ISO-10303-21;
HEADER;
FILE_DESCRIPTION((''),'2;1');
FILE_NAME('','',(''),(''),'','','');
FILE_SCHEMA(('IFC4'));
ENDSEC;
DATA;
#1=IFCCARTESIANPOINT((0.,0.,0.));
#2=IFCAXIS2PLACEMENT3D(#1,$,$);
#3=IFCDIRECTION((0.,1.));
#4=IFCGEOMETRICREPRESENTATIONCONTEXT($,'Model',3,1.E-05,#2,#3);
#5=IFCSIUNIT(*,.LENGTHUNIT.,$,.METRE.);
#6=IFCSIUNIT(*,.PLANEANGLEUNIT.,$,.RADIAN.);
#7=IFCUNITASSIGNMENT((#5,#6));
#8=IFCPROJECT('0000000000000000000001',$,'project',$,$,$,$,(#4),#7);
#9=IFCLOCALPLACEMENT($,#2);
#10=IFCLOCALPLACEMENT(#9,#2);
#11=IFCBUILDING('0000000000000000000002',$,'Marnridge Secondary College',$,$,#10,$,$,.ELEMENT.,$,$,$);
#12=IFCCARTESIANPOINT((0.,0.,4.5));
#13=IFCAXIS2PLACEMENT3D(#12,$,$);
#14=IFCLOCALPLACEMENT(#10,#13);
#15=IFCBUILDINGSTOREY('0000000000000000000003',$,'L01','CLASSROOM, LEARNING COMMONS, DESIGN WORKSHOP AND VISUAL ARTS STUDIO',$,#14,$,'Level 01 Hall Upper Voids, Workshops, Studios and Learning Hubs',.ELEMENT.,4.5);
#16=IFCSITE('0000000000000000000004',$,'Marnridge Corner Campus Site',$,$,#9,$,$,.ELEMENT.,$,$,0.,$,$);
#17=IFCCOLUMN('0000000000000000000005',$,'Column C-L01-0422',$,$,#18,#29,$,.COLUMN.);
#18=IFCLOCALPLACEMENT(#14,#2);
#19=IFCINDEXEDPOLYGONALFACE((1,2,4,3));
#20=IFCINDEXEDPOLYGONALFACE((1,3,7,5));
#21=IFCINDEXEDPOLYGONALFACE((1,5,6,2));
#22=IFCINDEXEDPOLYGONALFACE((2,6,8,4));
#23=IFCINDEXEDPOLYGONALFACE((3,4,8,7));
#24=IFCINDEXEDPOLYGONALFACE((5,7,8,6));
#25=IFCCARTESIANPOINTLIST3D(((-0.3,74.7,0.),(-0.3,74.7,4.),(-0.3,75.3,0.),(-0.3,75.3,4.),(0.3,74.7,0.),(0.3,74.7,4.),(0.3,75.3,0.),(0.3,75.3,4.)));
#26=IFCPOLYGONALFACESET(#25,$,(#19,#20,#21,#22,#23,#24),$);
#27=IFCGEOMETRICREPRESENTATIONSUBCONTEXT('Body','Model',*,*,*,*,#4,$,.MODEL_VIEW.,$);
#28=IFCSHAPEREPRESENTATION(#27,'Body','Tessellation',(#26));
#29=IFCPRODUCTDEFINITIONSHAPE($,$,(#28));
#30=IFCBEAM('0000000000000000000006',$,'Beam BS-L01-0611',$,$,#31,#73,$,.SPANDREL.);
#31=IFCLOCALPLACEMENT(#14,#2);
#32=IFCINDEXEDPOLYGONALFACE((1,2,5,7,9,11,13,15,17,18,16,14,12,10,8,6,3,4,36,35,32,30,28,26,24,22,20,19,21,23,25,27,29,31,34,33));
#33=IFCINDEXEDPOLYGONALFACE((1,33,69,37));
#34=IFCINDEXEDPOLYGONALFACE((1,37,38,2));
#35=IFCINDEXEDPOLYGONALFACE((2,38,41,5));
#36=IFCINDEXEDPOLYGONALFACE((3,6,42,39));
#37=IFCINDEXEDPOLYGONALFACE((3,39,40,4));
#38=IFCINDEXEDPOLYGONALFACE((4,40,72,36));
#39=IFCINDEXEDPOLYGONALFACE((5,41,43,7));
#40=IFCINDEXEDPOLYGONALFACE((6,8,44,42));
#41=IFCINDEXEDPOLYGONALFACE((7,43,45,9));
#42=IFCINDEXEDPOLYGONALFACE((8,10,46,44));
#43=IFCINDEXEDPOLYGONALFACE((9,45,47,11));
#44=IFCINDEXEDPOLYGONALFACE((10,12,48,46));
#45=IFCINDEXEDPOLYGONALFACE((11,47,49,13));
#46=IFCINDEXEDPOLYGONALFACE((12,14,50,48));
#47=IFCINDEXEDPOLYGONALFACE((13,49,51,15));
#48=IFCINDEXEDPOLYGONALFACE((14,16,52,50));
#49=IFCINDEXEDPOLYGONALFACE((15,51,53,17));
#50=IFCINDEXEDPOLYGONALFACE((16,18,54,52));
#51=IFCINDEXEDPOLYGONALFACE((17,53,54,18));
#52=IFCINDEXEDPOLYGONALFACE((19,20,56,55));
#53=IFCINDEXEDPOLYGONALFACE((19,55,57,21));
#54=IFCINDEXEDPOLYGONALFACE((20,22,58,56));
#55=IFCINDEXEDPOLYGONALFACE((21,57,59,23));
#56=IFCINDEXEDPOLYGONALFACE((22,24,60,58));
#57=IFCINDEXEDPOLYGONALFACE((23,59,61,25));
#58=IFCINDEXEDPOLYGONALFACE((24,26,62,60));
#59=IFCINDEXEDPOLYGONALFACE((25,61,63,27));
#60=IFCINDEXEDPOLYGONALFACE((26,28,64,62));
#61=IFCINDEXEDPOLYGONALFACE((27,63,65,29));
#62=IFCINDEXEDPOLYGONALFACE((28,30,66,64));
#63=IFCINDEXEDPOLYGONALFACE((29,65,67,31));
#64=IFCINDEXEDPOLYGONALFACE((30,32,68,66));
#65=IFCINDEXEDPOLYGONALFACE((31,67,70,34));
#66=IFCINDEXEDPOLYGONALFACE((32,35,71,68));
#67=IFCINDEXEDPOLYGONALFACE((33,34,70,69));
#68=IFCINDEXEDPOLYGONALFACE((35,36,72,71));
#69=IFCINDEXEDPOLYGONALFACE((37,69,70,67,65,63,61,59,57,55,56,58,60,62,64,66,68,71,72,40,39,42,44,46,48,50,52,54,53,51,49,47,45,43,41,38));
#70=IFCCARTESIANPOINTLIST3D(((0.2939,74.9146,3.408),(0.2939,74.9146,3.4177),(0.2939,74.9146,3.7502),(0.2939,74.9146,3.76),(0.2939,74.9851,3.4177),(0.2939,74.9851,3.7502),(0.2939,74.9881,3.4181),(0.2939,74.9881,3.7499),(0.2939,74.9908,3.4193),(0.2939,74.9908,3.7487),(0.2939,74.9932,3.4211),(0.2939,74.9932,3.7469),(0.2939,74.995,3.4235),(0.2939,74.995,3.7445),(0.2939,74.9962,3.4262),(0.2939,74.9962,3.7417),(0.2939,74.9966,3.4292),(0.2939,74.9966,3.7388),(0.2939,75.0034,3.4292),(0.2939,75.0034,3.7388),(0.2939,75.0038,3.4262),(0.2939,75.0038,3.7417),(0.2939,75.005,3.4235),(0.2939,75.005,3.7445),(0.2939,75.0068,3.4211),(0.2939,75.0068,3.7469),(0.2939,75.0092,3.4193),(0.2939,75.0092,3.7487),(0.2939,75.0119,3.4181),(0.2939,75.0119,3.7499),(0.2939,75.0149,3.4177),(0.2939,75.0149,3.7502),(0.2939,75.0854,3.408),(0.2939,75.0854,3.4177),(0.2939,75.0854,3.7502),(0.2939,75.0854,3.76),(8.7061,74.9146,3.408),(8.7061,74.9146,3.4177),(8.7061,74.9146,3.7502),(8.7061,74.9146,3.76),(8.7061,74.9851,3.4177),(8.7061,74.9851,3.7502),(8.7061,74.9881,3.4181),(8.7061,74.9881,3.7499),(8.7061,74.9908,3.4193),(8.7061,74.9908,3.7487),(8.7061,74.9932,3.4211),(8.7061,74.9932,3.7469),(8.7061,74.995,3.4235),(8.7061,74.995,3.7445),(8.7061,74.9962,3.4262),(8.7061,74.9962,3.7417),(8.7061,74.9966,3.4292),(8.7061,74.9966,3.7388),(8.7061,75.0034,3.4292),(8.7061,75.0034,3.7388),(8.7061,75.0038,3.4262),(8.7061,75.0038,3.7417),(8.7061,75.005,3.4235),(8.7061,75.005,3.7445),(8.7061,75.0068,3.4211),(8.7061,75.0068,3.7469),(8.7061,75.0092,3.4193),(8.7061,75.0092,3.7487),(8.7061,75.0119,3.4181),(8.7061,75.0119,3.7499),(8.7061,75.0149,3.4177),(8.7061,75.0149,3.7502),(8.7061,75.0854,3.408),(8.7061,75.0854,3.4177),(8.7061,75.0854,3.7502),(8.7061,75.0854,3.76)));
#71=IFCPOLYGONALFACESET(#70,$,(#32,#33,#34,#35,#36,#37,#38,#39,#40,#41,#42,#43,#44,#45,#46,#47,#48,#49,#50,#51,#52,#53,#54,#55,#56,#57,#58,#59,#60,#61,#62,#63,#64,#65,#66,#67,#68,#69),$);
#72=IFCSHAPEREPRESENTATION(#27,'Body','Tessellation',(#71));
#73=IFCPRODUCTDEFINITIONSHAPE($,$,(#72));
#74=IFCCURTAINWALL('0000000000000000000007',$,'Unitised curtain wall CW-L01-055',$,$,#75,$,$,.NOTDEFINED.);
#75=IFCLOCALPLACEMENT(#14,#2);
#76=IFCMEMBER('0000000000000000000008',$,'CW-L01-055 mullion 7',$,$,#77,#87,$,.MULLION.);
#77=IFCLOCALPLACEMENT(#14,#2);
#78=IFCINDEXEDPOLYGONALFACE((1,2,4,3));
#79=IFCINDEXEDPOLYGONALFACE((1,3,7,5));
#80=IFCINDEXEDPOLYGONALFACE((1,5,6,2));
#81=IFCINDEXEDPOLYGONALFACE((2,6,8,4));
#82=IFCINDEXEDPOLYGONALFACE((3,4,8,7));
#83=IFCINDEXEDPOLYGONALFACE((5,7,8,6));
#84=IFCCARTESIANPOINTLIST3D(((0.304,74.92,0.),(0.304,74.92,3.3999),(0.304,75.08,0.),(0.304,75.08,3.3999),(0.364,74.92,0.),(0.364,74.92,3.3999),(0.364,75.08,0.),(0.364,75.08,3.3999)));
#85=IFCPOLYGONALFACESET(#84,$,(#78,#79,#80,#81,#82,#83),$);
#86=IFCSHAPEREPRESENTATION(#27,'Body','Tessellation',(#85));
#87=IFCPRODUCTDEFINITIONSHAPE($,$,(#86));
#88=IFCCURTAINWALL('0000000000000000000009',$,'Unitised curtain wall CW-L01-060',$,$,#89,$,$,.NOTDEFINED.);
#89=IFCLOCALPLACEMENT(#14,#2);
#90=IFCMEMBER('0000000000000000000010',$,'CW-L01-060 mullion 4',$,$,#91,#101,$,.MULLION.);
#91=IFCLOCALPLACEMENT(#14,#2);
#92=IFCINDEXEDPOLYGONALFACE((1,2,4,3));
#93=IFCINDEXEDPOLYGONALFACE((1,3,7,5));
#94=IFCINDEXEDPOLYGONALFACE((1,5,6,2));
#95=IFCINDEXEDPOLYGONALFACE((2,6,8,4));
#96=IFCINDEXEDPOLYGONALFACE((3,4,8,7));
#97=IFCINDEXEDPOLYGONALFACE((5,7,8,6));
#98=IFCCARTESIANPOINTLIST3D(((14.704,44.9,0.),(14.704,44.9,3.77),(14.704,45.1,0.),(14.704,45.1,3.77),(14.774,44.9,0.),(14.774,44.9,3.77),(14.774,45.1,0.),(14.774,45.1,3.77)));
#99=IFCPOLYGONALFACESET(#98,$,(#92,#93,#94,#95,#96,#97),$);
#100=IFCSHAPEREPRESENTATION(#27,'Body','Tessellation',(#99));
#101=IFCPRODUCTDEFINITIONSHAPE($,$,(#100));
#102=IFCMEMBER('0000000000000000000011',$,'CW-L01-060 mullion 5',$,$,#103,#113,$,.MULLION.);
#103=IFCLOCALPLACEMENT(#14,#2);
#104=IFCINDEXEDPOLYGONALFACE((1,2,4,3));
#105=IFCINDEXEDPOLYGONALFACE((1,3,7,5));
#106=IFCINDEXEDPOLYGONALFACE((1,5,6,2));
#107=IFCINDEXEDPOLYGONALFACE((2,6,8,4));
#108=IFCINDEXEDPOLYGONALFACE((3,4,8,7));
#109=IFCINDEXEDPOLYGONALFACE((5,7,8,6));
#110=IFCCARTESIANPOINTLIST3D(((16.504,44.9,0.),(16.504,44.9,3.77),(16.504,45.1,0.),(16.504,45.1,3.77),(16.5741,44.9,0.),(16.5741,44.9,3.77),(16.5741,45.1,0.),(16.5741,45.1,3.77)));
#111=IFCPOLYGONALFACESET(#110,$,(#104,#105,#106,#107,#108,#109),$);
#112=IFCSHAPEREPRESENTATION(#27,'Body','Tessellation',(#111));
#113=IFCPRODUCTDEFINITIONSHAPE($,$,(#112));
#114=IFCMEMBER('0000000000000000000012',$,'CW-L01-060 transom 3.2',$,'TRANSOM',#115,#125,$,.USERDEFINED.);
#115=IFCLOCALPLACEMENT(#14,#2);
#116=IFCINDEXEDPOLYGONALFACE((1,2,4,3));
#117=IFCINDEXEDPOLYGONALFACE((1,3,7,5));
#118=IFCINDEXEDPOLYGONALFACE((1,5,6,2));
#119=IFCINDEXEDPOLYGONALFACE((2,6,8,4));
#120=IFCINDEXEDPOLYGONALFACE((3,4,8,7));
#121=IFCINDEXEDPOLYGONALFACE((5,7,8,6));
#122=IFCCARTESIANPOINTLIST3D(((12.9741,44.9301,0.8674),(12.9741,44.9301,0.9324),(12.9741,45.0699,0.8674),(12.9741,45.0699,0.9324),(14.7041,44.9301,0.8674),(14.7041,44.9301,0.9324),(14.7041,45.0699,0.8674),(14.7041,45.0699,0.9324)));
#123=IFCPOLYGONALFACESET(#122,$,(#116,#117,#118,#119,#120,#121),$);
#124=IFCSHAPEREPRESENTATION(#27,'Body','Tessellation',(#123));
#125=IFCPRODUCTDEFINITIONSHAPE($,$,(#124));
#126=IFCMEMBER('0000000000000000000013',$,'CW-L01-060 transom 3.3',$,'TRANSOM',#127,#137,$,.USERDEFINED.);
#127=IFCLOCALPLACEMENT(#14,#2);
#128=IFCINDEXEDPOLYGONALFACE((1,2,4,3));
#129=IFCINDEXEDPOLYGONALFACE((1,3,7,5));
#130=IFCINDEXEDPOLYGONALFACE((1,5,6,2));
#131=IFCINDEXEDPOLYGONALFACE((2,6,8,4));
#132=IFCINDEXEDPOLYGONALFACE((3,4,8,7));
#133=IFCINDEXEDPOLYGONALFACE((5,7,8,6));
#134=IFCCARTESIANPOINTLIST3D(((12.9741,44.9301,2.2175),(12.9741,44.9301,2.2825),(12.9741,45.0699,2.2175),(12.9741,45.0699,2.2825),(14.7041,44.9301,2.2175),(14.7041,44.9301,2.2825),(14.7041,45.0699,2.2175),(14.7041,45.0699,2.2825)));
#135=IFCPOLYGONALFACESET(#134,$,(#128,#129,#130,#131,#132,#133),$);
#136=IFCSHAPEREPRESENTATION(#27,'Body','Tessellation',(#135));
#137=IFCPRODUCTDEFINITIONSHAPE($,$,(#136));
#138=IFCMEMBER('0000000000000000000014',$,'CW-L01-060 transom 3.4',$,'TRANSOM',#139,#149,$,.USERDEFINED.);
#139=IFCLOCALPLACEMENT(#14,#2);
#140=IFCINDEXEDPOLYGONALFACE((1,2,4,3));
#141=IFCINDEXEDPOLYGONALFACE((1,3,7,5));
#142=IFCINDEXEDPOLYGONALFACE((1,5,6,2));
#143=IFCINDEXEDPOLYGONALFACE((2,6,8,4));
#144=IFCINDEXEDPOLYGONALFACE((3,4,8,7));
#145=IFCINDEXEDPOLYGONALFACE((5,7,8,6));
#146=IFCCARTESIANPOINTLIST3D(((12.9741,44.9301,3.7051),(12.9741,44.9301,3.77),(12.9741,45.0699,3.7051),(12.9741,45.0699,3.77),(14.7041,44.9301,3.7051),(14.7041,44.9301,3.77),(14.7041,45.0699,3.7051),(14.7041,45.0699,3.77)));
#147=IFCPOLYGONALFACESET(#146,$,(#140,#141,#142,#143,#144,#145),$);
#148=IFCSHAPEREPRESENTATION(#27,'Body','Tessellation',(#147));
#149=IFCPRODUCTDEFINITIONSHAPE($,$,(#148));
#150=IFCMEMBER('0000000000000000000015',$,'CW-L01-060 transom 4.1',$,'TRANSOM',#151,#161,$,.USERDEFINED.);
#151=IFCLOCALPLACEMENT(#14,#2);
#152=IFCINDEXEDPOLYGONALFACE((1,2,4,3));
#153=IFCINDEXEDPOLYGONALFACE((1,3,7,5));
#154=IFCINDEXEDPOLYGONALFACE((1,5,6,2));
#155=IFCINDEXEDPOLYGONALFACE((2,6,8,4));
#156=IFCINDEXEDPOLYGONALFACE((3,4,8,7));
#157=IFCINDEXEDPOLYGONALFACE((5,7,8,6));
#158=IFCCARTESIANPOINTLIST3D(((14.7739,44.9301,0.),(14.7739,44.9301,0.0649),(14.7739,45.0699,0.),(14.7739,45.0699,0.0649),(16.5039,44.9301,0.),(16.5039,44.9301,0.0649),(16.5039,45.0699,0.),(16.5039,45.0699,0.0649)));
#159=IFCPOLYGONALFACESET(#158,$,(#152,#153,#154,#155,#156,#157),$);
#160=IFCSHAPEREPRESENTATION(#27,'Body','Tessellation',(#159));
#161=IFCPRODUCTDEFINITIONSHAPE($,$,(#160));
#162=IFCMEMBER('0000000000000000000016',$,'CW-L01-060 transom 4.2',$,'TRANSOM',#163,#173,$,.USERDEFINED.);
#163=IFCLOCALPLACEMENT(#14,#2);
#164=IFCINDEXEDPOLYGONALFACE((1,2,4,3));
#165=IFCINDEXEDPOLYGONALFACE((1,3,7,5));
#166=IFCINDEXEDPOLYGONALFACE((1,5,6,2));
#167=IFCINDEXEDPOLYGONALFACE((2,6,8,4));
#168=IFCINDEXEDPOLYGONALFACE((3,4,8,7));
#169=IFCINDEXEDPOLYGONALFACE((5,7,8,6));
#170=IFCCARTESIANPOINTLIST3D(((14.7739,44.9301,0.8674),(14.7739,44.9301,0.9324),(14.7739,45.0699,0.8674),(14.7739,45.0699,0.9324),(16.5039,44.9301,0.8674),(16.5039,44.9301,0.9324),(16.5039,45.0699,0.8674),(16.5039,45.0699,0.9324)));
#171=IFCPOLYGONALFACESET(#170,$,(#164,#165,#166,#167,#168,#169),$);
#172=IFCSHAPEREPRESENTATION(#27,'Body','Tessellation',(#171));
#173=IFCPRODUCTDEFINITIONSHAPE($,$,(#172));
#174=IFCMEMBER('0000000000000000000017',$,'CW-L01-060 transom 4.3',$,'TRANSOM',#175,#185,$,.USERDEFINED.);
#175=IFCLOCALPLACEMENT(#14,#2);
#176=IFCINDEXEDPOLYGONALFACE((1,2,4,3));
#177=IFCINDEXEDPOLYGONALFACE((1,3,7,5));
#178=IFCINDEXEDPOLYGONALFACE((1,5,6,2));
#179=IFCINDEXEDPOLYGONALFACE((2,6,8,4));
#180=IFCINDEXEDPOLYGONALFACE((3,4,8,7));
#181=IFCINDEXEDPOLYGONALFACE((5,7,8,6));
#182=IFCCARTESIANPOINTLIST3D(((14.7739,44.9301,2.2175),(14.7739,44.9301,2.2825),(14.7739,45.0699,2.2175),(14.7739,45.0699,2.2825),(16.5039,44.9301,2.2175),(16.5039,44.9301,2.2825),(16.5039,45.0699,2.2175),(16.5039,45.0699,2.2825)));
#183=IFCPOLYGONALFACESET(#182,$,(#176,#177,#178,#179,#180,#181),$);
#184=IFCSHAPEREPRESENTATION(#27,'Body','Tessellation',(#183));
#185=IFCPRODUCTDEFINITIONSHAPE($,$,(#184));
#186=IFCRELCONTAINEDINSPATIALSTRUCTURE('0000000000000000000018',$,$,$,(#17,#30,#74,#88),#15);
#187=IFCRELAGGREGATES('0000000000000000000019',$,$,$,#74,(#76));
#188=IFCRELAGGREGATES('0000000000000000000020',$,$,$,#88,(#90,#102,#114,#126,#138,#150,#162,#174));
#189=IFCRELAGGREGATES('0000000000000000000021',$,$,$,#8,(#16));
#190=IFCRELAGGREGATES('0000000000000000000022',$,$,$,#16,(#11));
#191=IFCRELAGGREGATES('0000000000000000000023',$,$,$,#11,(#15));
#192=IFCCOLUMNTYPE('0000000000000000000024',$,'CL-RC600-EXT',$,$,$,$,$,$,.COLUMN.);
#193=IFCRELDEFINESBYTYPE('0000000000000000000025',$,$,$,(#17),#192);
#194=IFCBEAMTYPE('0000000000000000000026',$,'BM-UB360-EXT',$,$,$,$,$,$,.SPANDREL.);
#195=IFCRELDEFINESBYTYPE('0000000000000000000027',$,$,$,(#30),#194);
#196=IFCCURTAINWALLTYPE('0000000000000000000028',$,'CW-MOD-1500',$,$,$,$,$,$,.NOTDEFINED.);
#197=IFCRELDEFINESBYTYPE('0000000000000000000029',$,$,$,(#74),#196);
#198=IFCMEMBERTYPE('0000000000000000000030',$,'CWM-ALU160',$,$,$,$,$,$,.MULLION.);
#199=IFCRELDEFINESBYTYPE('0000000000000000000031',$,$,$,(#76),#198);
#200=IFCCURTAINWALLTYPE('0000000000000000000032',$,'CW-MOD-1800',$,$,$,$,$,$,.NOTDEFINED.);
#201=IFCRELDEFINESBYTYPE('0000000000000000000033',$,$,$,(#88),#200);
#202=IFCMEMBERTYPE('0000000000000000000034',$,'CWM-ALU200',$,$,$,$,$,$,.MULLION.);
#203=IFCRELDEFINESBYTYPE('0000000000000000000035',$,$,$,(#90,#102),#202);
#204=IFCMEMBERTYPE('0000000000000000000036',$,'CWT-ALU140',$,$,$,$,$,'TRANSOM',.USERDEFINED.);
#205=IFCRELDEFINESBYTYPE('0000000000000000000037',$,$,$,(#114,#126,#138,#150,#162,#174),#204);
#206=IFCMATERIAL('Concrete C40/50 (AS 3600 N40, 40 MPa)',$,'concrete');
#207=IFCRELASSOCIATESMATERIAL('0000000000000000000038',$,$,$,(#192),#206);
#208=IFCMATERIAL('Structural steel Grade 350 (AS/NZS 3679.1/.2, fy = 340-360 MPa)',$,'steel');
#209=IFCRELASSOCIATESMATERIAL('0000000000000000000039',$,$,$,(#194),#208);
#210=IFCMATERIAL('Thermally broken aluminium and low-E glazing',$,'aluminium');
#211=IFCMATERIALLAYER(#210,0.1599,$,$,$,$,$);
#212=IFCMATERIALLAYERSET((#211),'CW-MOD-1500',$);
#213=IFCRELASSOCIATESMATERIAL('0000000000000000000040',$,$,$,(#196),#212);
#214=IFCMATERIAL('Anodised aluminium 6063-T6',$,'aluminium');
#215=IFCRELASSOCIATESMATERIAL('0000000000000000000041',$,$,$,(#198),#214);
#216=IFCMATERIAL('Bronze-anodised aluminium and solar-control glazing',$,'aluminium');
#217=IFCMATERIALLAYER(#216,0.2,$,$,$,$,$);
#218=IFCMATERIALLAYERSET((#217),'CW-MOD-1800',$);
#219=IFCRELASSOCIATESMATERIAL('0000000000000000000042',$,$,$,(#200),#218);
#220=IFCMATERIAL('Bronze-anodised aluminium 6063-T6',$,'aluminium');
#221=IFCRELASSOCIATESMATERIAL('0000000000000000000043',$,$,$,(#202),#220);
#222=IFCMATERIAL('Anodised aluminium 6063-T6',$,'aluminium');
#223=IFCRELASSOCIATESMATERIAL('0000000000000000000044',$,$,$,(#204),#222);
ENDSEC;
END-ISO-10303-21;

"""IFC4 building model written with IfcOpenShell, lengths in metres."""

from ifc_helpers import new_model, si_unit, direction, frame, origin, origin_2d, place, context, subcontext, project, spatial, rectangle, i_section, extrude, material, layer, layer_set, material_profile, profile_set, type_object, element, aggregate, save


model = new_model("IFC4")

# Units and contexts
model_context = context("Model", 3, precision=1e-05, world=origin(), true_north=direction((0.0, 1.0)))
body_context = subcontext(model_context, "Body", "Model", "MODEL_VIEW")
ifc_project = project(units=[si_unit("LENGTHUNIT", "METRE"), si_unit("PLANEANGLEUNIT", "RADIAN")], contexts=[model_context])

# Site, building, storey
site_placement = place(None, origin())
site = spatial("IfcSite", under=ifc_project, at=site_placement, Name="Marnridge Corner Campus Site", CompositionType="ELEMENT", RefElevation=0.0)
building_placement = place(site_placement, origin())
building = spatial("IfcBuilding", under=site, at=building_placement, Name="Marnridge Secondary College", CompositionType="ELEMENT")
storey_placement = place(building_placement, frame((0.0, 0.0, 4.5)))
storey = spatial("IfcBuildingStorey", under=building, at=storey_placement, Name="L01", Description="CLASSROOM, LEARNING COMMONS, DESIGN WORKSHOP AND VISUAL ARTS STUDIO", LongName="Level 01 Hall Upper Voids, Workshops, Studios and Learning Hubs", CompositionType="ELEMENT", Elevation=4.5)

# Column
ifc_material_1 = material(Name="Concrete C40/50 (AS 3600 N40, 40 MPa)", Category="concrete")
ifc_material_profile_1 = material_profile(ifc_material_1, rectangle(XDim=0.6001, YDim=0.6001, at=origin_2d()), Name="RC 600x600")
ifc_profile_set_1 = profile_set([ifc_material_profile_1], Name="Concrete C40/50 (AS 3600 N40, 40 MPa)")
column_type = type_object("IfcColumnType", Name="CL-RC600-EXT", PredefinedType="COLUMN", material=ifc_profile_set_1)
column_placement = place(storey_placement, frame((0.0, 75.0, 0.0), z_axis=(0.0, 0.0, 1.0), x_axis=(1.0, 0.0, 0.0)))
element("IfcColumn", 1, at=column_placement, inside=storey, type_object=column_type, Name="Column C-L01-0422", PredefinedType="COLUMN", context=body_context, shape_type="SweptSolid", body=[
    extrude(rectangle(XDim=0.6001, YDim=0.6001, at=origin_2d()), origin(), (0.0, 0.0, 1.0), 4.0),
])

# Beam
ifc_material_2 = material(Name="Structural steel Grade 350 (AS/NZS 3679.1/.2, fy = 340-360 MPa)", Category="steel")
ifc_material_profile_2 = material_profile(ifc_material_2, i_section(OverallWidth=0.1709, OverallDepth=0.3521, WebThickness=0.0068, FlangeThickness=0.0098, FilletRadius=0.0115, at=origin_2d()), Name="360UB44.7")
ifc_profile_set_2 = profile_set([ifc_material_profile_2], Name="Structural steel Grade 350 (AS/NZS 3679.1/.2, fy = 340-360 MPa)")
beam_type = type_object("IfcBeamType", Name="BM-UB360-EXT", PredefinedType="SPANDREL", material=ifc_profile_set_2)
beam_placement = place(storey_placement, frame((0.2939, 75.0, 3.584), z_axis=(1.0, 0.0, 0.0), x_axis=(0.0, 1.0, 0.0)))
element("IfcBeam", 2, at=beam_placement, inside=storey, type_object=beam_type, Name="Beam BS-L01-0611", PredefinedType="SPANDREL", context=body_context, shape_type="SweptSolid", body=[
    extrude(i_section(OverallWidth=0.1709, OverallDepth=0.3521, WebThickness=0.0068, FlangeThickness=0.0098, FilletRadius=0.0115, at=origin_2d()), origin(), (0.0, 0.0, 1.0), 8.4121),
])

# Curtain wall, member
ifc_material_3 = material(Name="Thermally broken aluminium and low-E glazing", Category="aluminium")
ifc_layer_1 = layer(ifc_material_3, 0.1599)
ifc_layer_set_1 = layer_set([ifc_layer_1], Name="CW-MOD-1500")
curtain_wall_type_1 = type_object("IfcCurtainWallType", Name="CW-MOD-1500", PredefinedType="NOTDEFINED", material=ifc_layer_set_1)
curtain_wall_1_placement = place(storey_placement, origin())
curtain_wall_1 = element("IfcCurtainWall", 3, at=curtain_wall_1_placement, inside=storey, type_object=curtain_wall_type_1, Name="Unitised curtain wall CW-L01-055", PredefinedType="NOTDEFINED")
ifc_material_4 = material(Name="Anodised aluminium 6063-T6", Category="aluminium")
ifc_material_profile_3 = material_profile(ifc_material_4, rectangle(XDim=0.0601, YDim=0.1599, at=origin_2d()), Name="ALU 60x160")
ifc_profile_set_3 = profile_set([ifc_material_profile_3], Name="Anodised aluminium 6063-T6")
member_type_1 = type_object("IfcMemberType", Name="CWM-ALU160", PredefinedType="MULLION", material=ifc_profile_set_3)
member_1_placement = place(storey_placement, frame((0.334, 75.0, 0.0), z_axis=(0.0, 0.0, 1.0), x_axis=(-1.0, 0.0, 0.0)))
member_1 = element("IfcMember", 4, at=member_1_placement, type_object=member_type_1, Name="CW-L01-055 mullion 7", PredefinedType="MULLION", context=body_context, shape_type="SweptSolid", body=[
    extrude(rectangle(XDim=0.0601, YDim=0.1599, at=origin_2d()), origin(), (0.0, 0.0, 1.0), 3.3999),
])

# Curtain wall, members
ifc_material_5 = material(Name="Bronze-anodised aluminium and solar-control glazing", Category="aluminium")
ifc_layer_2 = layer(ifc_material_5, 0.2)
ifc_layer_set_2 = layer_set([ifc_layer_2], Name="CW-MOD-1800")
curtain_wall_type_2 = type_object("IfcCurtainWallType", Name="CW-MOD-1800", PredefinedType="NOTDEFINED", material=ifc_layer_set_2)
curtain_wall_2_placement = place(storey_placement, origin())
curtain_wall_2 = element("IfcCurtainWall", 5, at=curtain_wall_2_placement, inside=storey, type_object=curtain_wall_type_2, Name="Unitised curtain wall CW-L01-060", PredefinedType="NOTDEFINED")
ifc_material_6 = material(Name="Bronze-anodised aluminium 6063-T6", Category="aluminium")
ifc_material_profile_4 = material_profile(ifc_material_6, rectangle(XDim=0.0701, YDim=0.2, at=origin_2d()), Name="ALU 70x200")
ifc_profile_set_4 = profile_set([ifc_material_profile_4], Name="Bronze-anodised aluminium 6063-T6")
member_type_2 = type_object("IfcMemberType", Name="CWM-ALU200", PredefinedType="MULLION", material=ifc_profile_set_4)
member_2_placement = place(storey_placement, frame((14.739, 45.0, 0.0), z_axis=(0.0, 0.0, 1.0), x_axis=(1.0, 0.0, 0.0)))
member_2 = element("IfcMember", 6, at=member_2_placement, type_object=member_type_2, Name="CW-L01-060 mullion 4", PredefinedType="MULLION", context=body_context, shape_type="SweptSolid", body=[
    extrude(rectangle(XDim=0.0701, YDim=0.2, at=origin_2d()), origin(), (0.0, 0.0, 1.0), 3.77),
])
member_3_placement = place(storey_placement, frame((16.5391, 45.0, 0.0), z_axis=(0.0, 0.0, 1.0), x_axis=(1.0, 0.0, 0.0)))
member_3 = element("IfcMember", 7, at=member_3_placement, type_object=member_type_2, Name="CW-L01-060 mullion 5", PredefinedType="MULLION", context=body_context, shape_type="SweptSolid", body=[
    extrude(rectangle(XDim=0.0701, YDim=0.2, at=origin_2d()), origin(), (0.0, 0.0, 1.0), 3.77),
])
ifc_material_7 = material(Name="Anodised aluminium 6063-T6", Category="aluminium")
ifc_material_profile_5 = material_profile(ifc_material_7, rectangle(XDim=0.0649, YDim=0.1399, at=origin_2d()), Name="ALU 65x140")
ifc_profile_set_5 = profile_set([ifc_material_profile_5], Name="Anodised aluminium 6063-T6")
member_type_3 = type_object("IfcMemberType", Name="CWT-ALU140", ElementType="TRANSOM", PredefinedType="USERDEFINED", material=ifc_profile_set_5)
member_4_placement = place(storey_placement, frame((12.9741, 45.0, 0.8999), z_axis=(1.0, 0.0, 0.0), x_axis=(0.0, 0.0, 1.0)))
member_4 = element("IfcMember", 8, at=member_4_placement, type_object=member_type_3, Name="CW-L01-060 transom 3.2", ObjectType="TRANSOM", PredefinedType="USERDEFINED", context=body_context, shape_type="SweptSolid", body=[
    extrude(rectangle(XDim=0.0649, YDim=0.1399, at=origin_2d()), origin(), (0.0, 0.0, 1.0), 1.73),
])
member_5_placement = place(storey_placement, frame((12.9741, 45.0, 2.25), z_axis=(1.0, 0.0, 0.0), x_axis=(0.0, 0.0, 1.0)))
member_5 = element("IfcMember", 9, at=member_5_placement, type_object=member_type_3, Name="CW-L01-060 transom 3.3", ObjectType="TRANSOM", PredefinedType="USERDEFINED", context=body_context, shape_type="SweptSolid", body=[
    extrude(rectangle(XDim=0.0649, YDim=0.1399, at=origin_2d()), origin(), (0.0, 0.0, 1.0), 1.73),
])
member_6_placement = place(storey_placement, frame((12.9741, 45.0, 3.7375), z_axis=(1.0, 0.0, 0.0), x_axis=(0.0, 0.0, 1.0)))
member_6 = element("IfcMember", 10, at=member_6_placement, type_object=member_type_3, Name="CW-L01-060 transom 3.4", ObjectType="TRANSOM", PredefinedType="USERDEFINED", context=body_context, shape_type="SweptSolid", body=[
    extrude(rectangle(XDim=0.0649, YDim=0.1399, at=origin_2d()), origin(), (0.0, 0.0, 1.0), 1.73),
])
member_7_placement = place(storey_placement, frame((14.7739, 45.0, 0.0325), z_axis=(1.0, 0.0, 0.0), x_axis=(0.0, 0.0, 1.0)))
member_7 = element("IfcMember", 11, at=member_7_placement, type_object=member_type_3, Name="CW-L01-060 transom 4.1", ObjectType="TRANSOM", PredefinedType="USERDEFINED", context=body_context, shape_type="SweptSolid", body=[
    extrude(rectangle(XDim=0.0649, YDim=0.1399, at=origin_2d()), origin(), (0.0, 0.0, 1.0), 1.73),
])
member_8_placement = place(storey_placement, frame((14.7739, 45.0, 0.8999), z_axis=(1.0, 0.0, 0.0), x_axis=(0.0, 0.0, 1.0)))
member_8 = element("IfcMember", 12, at=member_8_placement, type_object=member_type_3, Name="CW-L01-060 transom 4.2", ObjectType="TRANSOM", PredefinedType="USERDEFINED", context=body_context, shape_type="SweptSolid", body=[
    extrude(rectangle(XDim=0.0649, YDim=0.1399, at=origin_2d()), origin(), (0.0, 0.0, 1.0), 1.73),
])
member_9_placement = place(storey_placement, frame((14.7739, 45.0, 2.25), z_axis=(1.0, 0.0, 0.0), x_axis=(0.0, 0.0, 1.0)))
member_9 = element("IfcMember", 13, at=member_9_placement, type_object=member_type_3, Name="CW-L01-060 transom 4.3", ObjectType="TRANSOM", PredefinedType="USERDEFINED", context=body_context, shape_type="SweptSolid", body=[
    extrude(rectangle(XDim=0.0649, YDim=0.1399, at=origin_2d()), origin(), (0.0, 0.0, 1.0), 1.73),
])

aggregate(curtain_wall_1, [member_1])
aggregate(curtain_wall_2, [member_2, member_3, member_4, member_5, member_6, member_7, member_8, member_9])

save(model, "model.ifc")
